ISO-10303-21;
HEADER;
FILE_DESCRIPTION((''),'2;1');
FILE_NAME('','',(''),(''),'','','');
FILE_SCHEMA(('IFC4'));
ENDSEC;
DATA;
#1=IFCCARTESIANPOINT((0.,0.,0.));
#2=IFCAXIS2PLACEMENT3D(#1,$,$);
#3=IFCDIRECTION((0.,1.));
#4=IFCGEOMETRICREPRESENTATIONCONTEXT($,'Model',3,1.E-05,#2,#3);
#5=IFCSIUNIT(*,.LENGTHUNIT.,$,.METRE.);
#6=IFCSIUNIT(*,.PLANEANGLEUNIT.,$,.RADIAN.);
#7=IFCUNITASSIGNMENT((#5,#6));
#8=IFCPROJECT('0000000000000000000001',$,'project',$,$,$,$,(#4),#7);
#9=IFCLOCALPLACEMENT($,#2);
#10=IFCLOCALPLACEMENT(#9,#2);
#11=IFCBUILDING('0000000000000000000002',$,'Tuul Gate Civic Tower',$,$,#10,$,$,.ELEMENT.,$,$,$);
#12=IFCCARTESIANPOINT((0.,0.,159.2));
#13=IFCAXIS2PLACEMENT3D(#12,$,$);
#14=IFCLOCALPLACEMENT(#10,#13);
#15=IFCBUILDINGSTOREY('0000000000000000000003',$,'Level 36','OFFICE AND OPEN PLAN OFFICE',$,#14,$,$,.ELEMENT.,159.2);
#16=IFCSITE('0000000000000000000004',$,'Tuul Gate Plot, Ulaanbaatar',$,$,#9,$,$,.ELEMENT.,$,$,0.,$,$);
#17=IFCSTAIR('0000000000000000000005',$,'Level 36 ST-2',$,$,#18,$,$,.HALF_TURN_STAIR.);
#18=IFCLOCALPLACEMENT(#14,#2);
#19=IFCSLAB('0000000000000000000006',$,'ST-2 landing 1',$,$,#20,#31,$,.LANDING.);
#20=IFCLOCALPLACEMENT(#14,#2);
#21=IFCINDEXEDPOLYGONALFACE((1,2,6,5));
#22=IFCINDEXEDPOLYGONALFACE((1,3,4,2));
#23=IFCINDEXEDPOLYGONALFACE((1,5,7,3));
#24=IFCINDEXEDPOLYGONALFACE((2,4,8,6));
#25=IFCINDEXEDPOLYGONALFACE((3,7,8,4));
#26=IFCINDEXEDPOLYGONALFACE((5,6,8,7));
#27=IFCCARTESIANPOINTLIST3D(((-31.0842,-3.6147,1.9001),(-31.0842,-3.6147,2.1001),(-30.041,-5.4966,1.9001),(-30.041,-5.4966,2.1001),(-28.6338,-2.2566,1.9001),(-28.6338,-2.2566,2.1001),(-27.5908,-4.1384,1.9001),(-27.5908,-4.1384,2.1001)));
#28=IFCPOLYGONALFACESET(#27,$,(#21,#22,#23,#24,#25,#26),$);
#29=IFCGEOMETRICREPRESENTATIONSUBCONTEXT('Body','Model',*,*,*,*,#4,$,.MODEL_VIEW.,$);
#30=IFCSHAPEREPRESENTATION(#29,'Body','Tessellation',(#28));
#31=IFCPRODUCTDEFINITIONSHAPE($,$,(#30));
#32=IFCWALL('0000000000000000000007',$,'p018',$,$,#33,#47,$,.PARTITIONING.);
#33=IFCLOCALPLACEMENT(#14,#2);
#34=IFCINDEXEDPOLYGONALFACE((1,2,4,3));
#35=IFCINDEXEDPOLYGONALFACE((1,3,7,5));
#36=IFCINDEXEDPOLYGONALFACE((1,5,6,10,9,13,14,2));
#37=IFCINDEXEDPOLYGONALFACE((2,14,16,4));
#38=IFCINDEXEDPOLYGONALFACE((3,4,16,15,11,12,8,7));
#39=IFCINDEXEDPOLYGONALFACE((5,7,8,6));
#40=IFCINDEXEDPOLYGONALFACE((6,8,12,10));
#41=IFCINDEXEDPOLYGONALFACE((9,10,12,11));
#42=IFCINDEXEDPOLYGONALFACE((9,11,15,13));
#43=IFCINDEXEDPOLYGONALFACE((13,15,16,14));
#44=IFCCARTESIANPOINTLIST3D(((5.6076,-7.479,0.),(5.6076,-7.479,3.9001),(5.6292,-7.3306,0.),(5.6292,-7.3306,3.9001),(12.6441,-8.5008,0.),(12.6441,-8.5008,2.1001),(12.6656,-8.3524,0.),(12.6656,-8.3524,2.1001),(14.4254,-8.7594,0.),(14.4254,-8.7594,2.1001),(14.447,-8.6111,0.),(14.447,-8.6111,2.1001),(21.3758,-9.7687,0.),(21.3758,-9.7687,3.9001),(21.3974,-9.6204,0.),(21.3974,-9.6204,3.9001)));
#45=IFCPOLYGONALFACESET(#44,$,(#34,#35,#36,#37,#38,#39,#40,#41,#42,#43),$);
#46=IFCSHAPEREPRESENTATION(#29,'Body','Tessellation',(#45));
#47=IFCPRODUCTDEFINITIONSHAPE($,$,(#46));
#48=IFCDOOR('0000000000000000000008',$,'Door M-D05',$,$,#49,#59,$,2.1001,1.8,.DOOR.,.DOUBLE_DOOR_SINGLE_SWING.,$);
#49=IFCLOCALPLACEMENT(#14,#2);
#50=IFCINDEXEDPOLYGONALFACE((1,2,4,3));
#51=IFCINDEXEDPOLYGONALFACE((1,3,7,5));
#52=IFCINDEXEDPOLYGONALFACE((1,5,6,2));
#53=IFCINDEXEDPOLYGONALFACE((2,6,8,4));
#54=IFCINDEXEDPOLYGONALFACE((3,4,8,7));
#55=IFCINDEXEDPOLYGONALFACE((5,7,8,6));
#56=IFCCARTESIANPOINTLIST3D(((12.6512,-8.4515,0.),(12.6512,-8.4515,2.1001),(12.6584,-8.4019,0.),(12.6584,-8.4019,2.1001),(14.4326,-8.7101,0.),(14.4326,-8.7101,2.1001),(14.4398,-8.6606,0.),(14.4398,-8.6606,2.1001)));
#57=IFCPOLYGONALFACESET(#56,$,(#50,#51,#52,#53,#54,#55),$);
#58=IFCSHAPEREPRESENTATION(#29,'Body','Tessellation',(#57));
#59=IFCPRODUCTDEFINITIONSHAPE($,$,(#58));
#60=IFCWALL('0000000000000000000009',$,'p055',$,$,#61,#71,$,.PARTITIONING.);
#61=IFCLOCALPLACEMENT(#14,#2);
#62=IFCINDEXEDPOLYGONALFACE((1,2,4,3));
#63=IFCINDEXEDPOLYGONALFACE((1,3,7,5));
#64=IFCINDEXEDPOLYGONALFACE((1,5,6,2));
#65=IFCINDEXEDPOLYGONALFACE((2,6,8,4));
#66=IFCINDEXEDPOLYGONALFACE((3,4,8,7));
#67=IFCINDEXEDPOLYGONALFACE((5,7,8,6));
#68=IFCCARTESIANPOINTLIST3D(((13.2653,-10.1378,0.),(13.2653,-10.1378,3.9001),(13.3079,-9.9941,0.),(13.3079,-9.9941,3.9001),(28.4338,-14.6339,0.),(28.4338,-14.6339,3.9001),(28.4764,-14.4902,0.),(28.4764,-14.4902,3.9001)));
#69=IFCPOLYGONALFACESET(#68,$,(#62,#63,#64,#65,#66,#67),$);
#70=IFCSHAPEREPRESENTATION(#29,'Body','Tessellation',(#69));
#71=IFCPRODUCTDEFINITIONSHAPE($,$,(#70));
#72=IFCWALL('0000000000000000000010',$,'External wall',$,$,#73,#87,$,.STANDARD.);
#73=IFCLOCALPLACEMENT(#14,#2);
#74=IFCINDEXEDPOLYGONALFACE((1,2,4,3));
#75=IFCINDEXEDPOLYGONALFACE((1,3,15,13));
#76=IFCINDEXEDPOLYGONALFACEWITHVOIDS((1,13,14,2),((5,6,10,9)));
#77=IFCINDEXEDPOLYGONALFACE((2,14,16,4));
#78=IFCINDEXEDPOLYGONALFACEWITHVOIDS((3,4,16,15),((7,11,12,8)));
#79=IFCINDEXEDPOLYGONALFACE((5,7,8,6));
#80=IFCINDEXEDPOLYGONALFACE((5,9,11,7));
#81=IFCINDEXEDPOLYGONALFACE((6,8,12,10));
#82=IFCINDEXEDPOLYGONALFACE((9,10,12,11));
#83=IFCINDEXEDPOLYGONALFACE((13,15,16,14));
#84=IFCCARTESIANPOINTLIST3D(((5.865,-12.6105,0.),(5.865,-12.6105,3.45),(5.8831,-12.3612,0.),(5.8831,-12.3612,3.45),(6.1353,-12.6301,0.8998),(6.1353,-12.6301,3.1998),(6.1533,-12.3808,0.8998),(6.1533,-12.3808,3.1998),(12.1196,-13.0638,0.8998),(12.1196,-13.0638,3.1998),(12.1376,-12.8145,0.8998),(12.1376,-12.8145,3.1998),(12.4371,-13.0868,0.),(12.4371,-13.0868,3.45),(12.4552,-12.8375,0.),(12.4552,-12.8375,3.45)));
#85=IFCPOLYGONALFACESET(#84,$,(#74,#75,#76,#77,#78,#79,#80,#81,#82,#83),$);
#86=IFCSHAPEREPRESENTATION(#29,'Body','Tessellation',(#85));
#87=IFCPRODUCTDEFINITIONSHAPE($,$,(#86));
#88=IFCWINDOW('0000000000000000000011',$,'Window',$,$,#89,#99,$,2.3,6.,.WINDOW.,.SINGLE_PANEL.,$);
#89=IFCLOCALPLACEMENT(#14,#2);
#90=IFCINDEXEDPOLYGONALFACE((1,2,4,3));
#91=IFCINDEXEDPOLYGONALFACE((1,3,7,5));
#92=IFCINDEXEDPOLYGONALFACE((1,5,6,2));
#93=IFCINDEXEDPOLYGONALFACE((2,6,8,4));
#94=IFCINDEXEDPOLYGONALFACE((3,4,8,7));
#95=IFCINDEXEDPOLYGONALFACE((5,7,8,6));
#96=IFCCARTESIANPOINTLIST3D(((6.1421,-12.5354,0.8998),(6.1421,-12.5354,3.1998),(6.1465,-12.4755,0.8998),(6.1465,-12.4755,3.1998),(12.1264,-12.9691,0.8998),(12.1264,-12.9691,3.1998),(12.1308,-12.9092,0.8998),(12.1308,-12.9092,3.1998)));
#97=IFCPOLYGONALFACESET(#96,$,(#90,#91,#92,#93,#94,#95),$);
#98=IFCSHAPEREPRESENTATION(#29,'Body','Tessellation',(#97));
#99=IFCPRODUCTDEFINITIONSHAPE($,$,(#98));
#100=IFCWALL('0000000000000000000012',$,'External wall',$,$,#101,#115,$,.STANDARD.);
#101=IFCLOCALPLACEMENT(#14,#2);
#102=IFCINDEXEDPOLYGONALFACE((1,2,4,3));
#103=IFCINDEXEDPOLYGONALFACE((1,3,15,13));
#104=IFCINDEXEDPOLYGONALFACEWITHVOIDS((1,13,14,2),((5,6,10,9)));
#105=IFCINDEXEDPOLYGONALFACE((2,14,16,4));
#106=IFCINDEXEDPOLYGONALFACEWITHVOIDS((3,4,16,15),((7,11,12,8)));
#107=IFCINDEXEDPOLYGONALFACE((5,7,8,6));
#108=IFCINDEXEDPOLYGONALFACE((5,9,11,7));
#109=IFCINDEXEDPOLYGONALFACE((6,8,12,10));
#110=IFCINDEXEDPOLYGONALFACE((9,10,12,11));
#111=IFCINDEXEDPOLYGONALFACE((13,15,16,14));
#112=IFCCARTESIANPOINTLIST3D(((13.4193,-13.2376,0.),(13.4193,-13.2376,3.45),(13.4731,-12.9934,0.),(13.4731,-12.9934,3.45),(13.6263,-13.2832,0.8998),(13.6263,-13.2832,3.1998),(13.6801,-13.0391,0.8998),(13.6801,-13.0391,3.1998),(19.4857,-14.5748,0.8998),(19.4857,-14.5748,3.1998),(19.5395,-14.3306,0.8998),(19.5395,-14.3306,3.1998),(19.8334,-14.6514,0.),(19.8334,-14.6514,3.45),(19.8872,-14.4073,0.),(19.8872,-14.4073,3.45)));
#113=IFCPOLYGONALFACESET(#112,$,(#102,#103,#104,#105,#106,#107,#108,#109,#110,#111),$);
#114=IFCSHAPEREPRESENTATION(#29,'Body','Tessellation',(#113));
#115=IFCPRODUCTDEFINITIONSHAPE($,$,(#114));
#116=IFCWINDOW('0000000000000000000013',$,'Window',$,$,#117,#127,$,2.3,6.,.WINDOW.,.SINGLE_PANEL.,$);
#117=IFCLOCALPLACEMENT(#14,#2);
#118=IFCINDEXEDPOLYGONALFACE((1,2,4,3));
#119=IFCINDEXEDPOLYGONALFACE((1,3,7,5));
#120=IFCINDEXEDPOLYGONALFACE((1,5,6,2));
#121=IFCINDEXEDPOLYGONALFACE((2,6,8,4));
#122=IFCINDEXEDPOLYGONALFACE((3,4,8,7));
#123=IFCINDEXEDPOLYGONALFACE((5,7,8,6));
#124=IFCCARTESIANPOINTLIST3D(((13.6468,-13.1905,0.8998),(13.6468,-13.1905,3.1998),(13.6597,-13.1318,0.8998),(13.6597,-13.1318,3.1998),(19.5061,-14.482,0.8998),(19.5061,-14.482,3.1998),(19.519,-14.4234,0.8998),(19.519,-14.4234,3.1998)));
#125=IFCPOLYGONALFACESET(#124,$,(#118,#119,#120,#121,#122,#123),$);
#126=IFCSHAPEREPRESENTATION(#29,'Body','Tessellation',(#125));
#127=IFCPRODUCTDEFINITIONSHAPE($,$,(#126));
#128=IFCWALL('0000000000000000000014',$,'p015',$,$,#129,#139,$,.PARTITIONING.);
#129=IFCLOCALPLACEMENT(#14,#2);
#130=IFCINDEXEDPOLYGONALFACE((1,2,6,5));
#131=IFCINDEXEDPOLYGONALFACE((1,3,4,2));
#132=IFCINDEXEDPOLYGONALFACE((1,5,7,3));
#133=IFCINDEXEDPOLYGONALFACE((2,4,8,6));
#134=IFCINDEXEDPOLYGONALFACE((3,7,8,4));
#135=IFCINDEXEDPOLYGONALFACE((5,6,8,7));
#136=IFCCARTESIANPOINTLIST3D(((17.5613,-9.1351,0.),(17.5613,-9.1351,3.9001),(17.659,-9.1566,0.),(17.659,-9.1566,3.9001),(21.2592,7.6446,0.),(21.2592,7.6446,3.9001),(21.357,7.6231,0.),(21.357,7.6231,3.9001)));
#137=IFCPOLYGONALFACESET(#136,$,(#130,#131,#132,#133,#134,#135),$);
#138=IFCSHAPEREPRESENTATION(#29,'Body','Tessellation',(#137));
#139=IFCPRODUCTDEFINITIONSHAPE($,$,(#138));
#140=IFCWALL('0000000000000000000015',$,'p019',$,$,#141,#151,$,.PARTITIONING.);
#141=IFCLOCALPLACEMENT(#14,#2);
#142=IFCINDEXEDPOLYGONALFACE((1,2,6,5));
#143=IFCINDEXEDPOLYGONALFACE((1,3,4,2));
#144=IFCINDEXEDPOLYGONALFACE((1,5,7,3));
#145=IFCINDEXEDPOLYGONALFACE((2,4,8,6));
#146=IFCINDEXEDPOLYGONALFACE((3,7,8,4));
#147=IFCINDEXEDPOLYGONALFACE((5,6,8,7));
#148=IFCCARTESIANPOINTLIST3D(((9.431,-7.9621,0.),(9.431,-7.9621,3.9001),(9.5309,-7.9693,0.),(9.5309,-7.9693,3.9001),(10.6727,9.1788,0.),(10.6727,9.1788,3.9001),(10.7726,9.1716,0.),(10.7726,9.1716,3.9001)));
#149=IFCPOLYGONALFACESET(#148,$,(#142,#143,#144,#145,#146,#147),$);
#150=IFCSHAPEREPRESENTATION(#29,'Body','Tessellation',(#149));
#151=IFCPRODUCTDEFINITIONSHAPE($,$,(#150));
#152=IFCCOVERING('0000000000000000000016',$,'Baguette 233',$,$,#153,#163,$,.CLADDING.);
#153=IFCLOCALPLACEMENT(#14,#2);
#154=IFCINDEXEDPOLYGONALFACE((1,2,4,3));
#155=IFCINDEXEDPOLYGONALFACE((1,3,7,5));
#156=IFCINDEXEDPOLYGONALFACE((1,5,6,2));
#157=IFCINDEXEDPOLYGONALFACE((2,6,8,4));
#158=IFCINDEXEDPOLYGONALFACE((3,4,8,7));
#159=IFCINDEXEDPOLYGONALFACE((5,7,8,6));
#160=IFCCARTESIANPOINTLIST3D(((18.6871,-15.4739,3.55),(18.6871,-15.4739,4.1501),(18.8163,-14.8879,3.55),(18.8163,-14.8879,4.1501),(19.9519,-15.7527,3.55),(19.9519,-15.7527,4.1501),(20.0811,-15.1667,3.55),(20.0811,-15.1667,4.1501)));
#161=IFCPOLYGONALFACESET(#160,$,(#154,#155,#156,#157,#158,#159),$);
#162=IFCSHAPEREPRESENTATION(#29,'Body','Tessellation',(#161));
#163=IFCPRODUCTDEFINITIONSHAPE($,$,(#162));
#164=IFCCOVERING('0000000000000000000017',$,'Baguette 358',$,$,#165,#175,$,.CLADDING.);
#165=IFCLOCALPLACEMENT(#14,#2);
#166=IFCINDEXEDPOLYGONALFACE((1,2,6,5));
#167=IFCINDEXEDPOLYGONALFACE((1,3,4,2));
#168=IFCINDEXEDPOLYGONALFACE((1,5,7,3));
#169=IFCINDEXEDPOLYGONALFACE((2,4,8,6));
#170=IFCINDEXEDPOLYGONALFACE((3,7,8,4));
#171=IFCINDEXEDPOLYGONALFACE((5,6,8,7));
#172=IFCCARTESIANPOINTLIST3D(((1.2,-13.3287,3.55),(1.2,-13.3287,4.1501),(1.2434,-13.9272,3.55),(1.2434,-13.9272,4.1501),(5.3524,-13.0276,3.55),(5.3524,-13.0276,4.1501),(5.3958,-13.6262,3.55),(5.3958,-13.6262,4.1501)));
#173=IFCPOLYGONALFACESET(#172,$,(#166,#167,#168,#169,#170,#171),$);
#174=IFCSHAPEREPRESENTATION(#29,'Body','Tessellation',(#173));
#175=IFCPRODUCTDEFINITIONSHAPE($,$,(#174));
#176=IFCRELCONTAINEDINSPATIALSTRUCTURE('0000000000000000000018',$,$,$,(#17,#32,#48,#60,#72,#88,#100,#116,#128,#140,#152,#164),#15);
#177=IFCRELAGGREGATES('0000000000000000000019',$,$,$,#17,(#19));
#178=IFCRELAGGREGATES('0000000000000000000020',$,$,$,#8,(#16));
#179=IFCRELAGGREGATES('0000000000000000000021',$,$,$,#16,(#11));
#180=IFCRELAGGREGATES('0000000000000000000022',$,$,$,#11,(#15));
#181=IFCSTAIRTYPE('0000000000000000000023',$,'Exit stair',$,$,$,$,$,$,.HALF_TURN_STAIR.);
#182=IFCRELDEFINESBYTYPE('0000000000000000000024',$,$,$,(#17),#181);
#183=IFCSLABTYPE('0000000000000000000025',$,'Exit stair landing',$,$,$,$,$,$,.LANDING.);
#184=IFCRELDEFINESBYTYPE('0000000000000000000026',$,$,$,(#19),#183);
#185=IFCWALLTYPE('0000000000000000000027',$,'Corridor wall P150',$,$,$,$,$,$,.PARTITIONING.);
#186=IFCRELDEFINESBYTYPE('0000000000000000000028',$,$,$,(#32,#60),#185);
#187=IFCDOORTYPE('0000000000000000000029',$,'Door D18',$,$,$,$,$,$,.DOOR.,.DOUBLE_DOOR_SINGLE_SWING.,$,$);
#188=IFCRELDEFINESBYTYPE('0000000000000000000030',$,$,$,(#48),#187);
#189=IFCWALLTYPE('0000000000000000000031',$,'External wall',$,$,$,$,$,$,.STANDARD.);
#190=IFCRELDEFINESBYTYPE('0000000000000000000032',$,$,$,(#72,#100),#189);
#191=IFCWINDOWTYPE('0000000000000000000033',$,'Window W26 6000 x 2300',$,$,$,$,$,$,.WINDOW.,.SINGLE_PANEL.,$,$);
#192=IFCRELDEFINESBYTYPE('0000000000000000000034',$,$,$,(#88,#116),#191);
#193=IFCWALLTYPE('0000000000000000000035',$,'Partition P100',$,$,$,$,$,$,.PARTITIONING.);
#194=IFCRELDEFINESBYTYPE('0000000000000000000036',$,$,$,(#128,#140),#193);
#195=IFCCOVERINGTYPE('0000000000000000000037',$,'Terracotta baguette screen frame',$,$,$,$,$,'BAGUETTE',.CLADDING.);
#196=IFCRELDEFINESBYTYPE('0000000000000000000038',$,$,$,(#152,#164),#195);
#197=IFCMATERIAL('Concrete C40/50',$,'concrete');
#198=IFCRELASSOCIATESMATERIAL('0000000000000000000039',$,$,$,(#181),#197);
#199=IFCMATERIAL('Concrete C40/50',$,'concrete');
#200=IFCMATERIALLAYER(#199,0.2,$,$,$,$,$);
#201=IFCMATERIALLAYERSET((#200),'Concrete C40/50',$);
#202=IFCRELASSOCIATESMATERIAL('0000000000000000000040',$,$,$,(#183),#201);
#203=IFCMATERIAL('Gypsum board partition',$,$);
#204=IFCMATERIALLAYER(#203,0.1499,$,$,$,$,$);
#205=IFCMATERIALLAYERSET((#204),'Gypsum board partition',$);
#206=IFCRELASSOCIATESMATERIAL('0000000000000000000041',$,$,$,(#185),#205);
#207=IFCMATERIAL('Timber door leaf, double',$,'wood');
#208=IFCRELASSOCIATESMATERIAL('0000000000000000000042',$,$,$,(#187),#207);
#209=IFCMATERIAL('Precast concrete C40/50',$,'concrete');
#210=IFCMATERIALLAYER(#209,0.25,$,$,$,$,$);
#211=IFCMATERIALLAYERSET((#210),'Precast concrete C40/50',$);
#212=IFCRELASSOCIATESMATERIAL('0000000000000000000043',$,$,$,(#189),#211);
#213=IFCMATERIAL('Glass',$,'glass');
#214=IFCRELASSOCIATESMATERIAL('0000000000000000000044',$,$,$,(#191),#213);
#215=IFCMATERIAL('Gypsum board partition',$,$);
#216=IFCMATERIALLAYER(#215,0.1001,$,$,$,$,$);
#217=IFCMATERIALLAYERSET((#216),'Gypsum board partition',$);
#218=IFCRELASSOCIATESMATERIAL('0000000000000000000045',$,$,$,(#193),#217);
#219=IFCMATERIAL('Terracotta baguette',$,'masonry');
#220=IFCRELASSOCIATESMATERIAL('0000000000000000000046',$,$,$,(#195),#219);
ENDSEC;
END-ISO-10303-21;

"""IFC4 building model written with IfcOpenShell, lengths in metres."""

from ifc_helpers import new_model, si_unit, direction, frame, frame_2d, origin, origin_2d, place, context, subcontext, project, spatial, polyline, rectangle, outline, extrude, material, layer, layer_set, material_profile, profile_set, type_object, element, fill, aggregate, save


model = new_model("IFC4")

# Units and contexts
model_context = context("Model", 3, precision=1e-05, world=origin(), true_north=direction((0.0, 1.0)))
body_context = subcontext(model_context, "Body", "Model", "MODEL_VIEW")
ifc_project = project(units=[si_unit("LENGTHUNIT", "METRE"), si_unit("PLANEANGLEUNIT", "RADIAN")], contexts=[model_context])

# Site, building, storey
site_placement = place(None, origin())
site = spatial("IfcSite", under=ifc_project, at=site_placement, Name="Tuul Gate Plot, Ulaanbaatar", CompositionType="ELEMENT", RefElevation=0.0)
building_placement = place(site_placement, origin())
building = spatial("IfcBuilding", under=site, at=building_placement, Name="Tuul Gate Civic Tower", CompositionType="ELEMENT")
storey_placement = place(building_placement, frame((0.0, 0.0, 159.2)))
storey = spatial("IfcBuildingStorey", under=building, at=storey_placement, Name="Level 36", Description="OFFICE AND OPEN PLAN OFFICE", CompositionType="ELEMENT", Elevation=159.2)

# Stair, slab
ifc_material_1 = material(Name="Concrete C40/50", Category="concrete")
stair_type = type_object("IfcStairType", Name="Exit stair", PredefinedType="HALF_TURN_STAIR", material=ifc_material_1)
ifc_material_2 = material(Name="Concrete C40/50", Category="concrete")
ifc_layer_1 = layer(ifc_material_2, 0.2)
ifc_layer_set_1 = layer_set([ifc_layer_1], Name="Concrete C40/50")
slab_type = type_object("IfcSlabType", Name="Exit stair landing", PredefinedType="LANDING", material=ifc_layer_set_1)
stair_1_placement = place(storey_placement, origin())
stair_1 = element("IfcStair", 1, at=stair_1_placement, inside=storey, type_object=stair_type, Name="Level 36 ST-2", PredefinedType="HALF_TURN_STAIR")
slab_1_placement = place(storey_placement, frame((0.0, 0.0, 1.9001)))
slab_1 = element("IfcSlab", 2, at=slab_1_placement, type_object=slab_type, Name="ST-2 landing 1", PredefinedType="LANDING", context=body_context, shape_type="SweptSolid", body=[
    extrude(outline(polyline([(-27.5908, -4.1384), (-30.041, -5.4966), (-31.0842, -3.6147), (-28.6338, -2.2566), (-27.5908, -4.1384)])), origin(), (0.0, 0.0, 1.0), 0.2),
])
aggregate(stair_1, [slab_1])

# Wall, opening, door
ifc_material_3 = material(Name="Gypsum board partition")
ifc_layer_2 = layer(ifc_material_3, 0.1499)
ifc_layer_set_2 = layer_set([ifc_layer_2], Name="Gypsum board partition")
wall_type_1 = type_object("IfcWallType", Name="Corridor wall P150", PredefinedType="PARTITIONING", material=ifc_layer_set_2)
wall_1_placement = place(storey_placement, frame((5.6184, -7.4048, 0.0), z_axis=(0.0, 0.0, 1.0), x_axis=(0.98962, -0.143708, 0.0)))
wall_1 = element("IfcWall", 3, at=wall_1_placement, inside=storey, type_object=wall_type_1, Name="p018", PredefinedType="PARTITIONING", context=body_context, shape_type="SweptSolid", body=[
    extrude(rectangle(XDim=15.9336, YDim=0.1499, at=frame_2d((7.9668, 0.0))), origin(), (0.0, 0.0, 1.0), 3.9001),
])
opening_1_placement = place(wall_1_placement, frame((7.1104, 0.0, 0.0)))
opening_1 = element("IfcOpeningElement", 4, at=opening_1_placement, cuts=wall_1, PredefinedType="OPENING", context=body_context, shape_type="SweptSolid", body=[
    extrude(rectangle(XDim=1.8, YDim=2.1001, at=frame_2d((0.8999, 1.05))), frame((0.0, 0.085, 0.0), z_axis=(0.0, -1.0, 0.0), x_axis=(1.0, 0.0, 0.0)), (0.0, 0.0, 1.0), 0.1699),
])
ifc_material_4 = material(Name="Timber door leaf, double", Category="wood")
door_type = type_object("IfcDoorType", Name="Door D18", OperationType="DOUBLE_DOOR_SINGLE_SWING", PredefinedType="DOOR", material=ifc_material_4)
door_placement = place(opening_1_placement, origin())
door = element("IfcDoor", 5, at=door_placement, inside=storey, type_object=door_type, Name="Door M-D05", OperationType="DOUBLE_DOOR_SINGLE_SWING", OverallHeight=2.1001, OverallWidth=1.8, PredefinedType="DOOR", context=body_context, shape_type="SweptSolid", body=[
    extrude(rectangle(XDim=1.8, YDim=2.1001, at=frame_2d((0.8999, 1.05))), frame((0.0, 0.0249, 0.0), z_axis=(0.0, -1.0, 0.0), x_axis=(1.0, 0.0, 0.0)), (0.0, 0.0, 1.0), 0.05),
])
fill(opening_1, door)

# Wall
wall_2_placement = place(storey_placement, frame((13.2866, -10.0659, 0.0), z_axis=(0.0, 0.0, 1.0), x_axis=(0.958768, -0.284189, 0.0)))
element("IfcWall", 6, at=wall_2_placement, inside=storey, type_object=wall_type_1, Name="p055", PredefinedType="PARTITIONING", context=body_context, shape_type="SweptSolid", body=[
    extrude(rectangle(XDim=15.8208, YDim=0.1499, at=frame_2d((7.9104, 0.0))), origin(), (0.0, 0.0, 1.0), 3.9001),
])

# Walls, openings, windows
ifc_material_5 = material(Name="Precast concrete C40/50", Category="concrete")
ifc_layer_3 = layer(ifc_material_5, 0.25)
ifc_layer_set_3 = layer_set([ifc_layer_3], Name="Precast concrete C40/50")
wall_type_2 = type_object("IfcWallType", Name="External wall", PredefinedType="STANDARD", material=ifc_layer_set_3)
wall_3_placement = place(storey_placement, frame((5.874, -12.4858, 0.0), z_axis=(0.0, 0.0, 1.0), x_axis=(0.997384, -0.072287, 0.0)))
wall_3 = element("IfcWall", 7, at=wall_3_placement, inside=storey, type_object=wall_type_2, Name="External wall", PredefinedType="STANDARD", context=body_context, shape_type="SweptSolid", body=[
    extrude(rectangle(XDim=6.5894, YDim=0.25, at=frame_2d((3.2947, 0.0))), origin(), (0.0, 0.0, 1.0), 3.45),
])
opening_2_placement = place(wall_3_placement, frame((0.271, 0.0, 0.8999)))
opening_2 = element("IfcOpeningElement", 8, at=opening_2_placement, cuts=wall_3, PredefinedType="OPENING", context=body_context, shape_type="SweptSolid", body=[
    extrude(rectangle(XDim=6.0, YDim=2.3, at=frame_2d((3.0, 1.1499))), frame((0.0, 0.135, 0.0), z_axis=(0.0, -1.0, 0.0), x_axis=(1.0, 0.0, 0.0)), (0.0, 0.0, 1.0), 0.27),
])
ifc_material_6 = material(Name="Glass", Category="glass")
window_type = type_object("IfcWindowType", Name="Window W26 6000 x 2300", PartitioningType="SINGLE_PANEL", PredefinedType="WINDOW", material=ifc_material_6)
window_1_placement = place(opening_2_placement, origin())
window_1 = element("IfcWindow", 9, at=window_1_placement, inside=storey, type_object=window_type, Name="Window", OverallHeight=2.3, OverallWidth=6.0, PartitioningType="SINGLE_PANEL", PredefinedType="WINDOW", context=body_context, shape_type="SweptSolid", body=[
    extrude(rectangle(XDim=6.0, YDim=2.3, at=frame_2d((3.0, 1.1499))), frame((0.0, 0.03, 0.0), z_axis=(0.0, -1.0, 0.0), x_axis=(1.0, 0.0, 0.0)), (0.0, 0.0, 1.0), 0.0601),
])
fill(opening_2, window_1)
wall_4_placement = place(storey_placement, frame((13.446, -13.1155, 0.0), z_axis=(0.0, 0.0, 1.0), x_axis=(0.976557, -0.215257, 0.0)))
wall_4 = element("IfcWall", 10, at=wall_4_placement, inside=storey, type_object=wall_type_2, Name="External wall", PredefinedType="STANDARD", context=body_context, shape_type="SweptSolid", body=[
    extrude(rectangle(XDim=6.5681, YDim=0.25, at=frame_2d((3.2842, 0.0))), origin(), (0.0, 0.0, 1.0), 3.45),
])
opening_3_placement = place(wall_4_placement, frame((0.2122, 0.0, 0.8999)))
opening_3 = element("IfcOpeningElement", 11, at=opening_3_placement, cuts=wall_4, PredefinedType="OPENING", context=body_context, shape_type="SweptSolid", body=[
    extrude(rectangle(XDim=6.0, YDim=2.3, at=frame_2d((3.0, 1.1499))), frame((0.0, 0.135, 0.0), z_axis=(0.0, -1.0, 0.0), x_axis=(1.0, 0.0, 0.0)), (0.0, 0.0, 1.0), 0.27),
])
window_2_placement = place(opening_3_placement, origin())
window_2 = element("IfcWindow", 12, at=window_2_placement, inside=storey, type_object=window_type, Name="Window", OverallHeight=2.3, OverallWidth=6.0, PartitioningType="SINGLE_PANEL", PredefinedType="WINDOW", context=body_context, shape_type="SweptSolid", body=[
    extrude(rectangle(XDim=6.0, YDim=2.3, at=frame_2d((3.0, 1.1499))), frame((0.0, 0.03, 0.0), z_axis=(0.0, -1.0, 0.0), x_axis=(1.0, 0.0, 0.0)), (0.0, 0.0, 1.0), 0.0601),
])
fill(opening_3, window_2)

# Walls
ifc_material_7 = material(Name="Gypsum board partition")
ifc_layer_4 = layer(ifc_material_7, 0.1001)
ifc_layer_set_4 = layer_set([ifc_layer_4], Name="Gypsum board partition")
wall_type_3 = type_object("IfcWallType", Name="Partition P100", PredefinedType="PARTITIONING", material=ifc_layer_set_4)
wall_5_placement = place(storey_placement, frame((17.6101, -9.146, 0.0), z_axis=(0.0, 0.0, 1.0), x_axis=(0.21522, 0.976566, 0.0)))
element("IfcWall", 13, at=wall_5_placement, inside=storey, type_object=wall_type_3, Name="p015", PredefinedType="PARTITIONING", context=body_context, shape_type="SweptSolid", body=[
    extrude(rectangle(XDim=17.1824, YDim=0.1001, at=frame_2d((8.5913, 0.0))), origin(), (0.0, 0.0, 1.0), 3.9001),
])
wall_6_placement = place(storey_placement, frame((9.481, -7.9656, 0.0), z_axis=(0.0, 0.0, 1.0), x_axis=(0.072252, 0.997386, 0.0)))
element("IfcWall", 14, at=wall_6_placement, inside=storey, type_object=wall_type_3, Name="p019", PredefinedType="PARTITIONING", context=body_context, shape_type="SweptSolid", body=[
    extrude(rectangle(XDim=17.1858, YDim=0.1001, at=frame_2d((8.5928, 0.0))), origin(), (0.0, 0.0, 1.0), 3.9001),
])

# Coverings
ifc_material_8 = material(Name="Terracotta baguette", Category="masonry")
ifc_material_profile_1 = material_profile(ifc_material_8, rectangle(XDim=0.6001, YDim=0.6001, at=origin_2d()), Name="Terracotta baguette screen frame")
ifc_profile_set_1 = profile_set([ifc_material_profile_1], Name="Terracotta baguette")
covering_type = type_object("IfcCoveringType", Name="Terracotta baguette screen frame", ElementType="BAGUETTE", PredefinedType="CLADDING", material=ifc_profile_set_1)
covering_1_placement = place(storey_placement, frame((18.7517, -15.1809, 3.8501), z_axis=(0.976558, -0.215254, 0.0), x_axis=(0.215254, 0.976558, 0.0)))
element("IfcCovering", 15, at=covering_1_placement, inside=storey, type_object=covering_type, Name="Baguette 233", PredefinedType="CLADDING", context=body_context, shape_type="SweptSolid", body=[
    extrude(rectangle(XDim=0.6001, YDim=0.6001, at=origin_2d()), origin(), (0.0, 0.0, 1.0), 1.2952),
])
covering_2_placement = place(storey_placement, frame((1.2217, -13.6279, 3.8501), z_axis=(0.997383, 0.072306, 0.0), x_axis=(-0.072306, 0.997383, 0.0)))
element("IfcCovering", 16, at=covering_2_placement, inside=storey, type_object=covering_type, Name="Baguette 358", PredefinedType="CLADDING", context=body_context, shape_type="SweptSolid", body=[
    extrude(rectangle(XDim=0.6001, YDim=0.6001, at=origin_2d()), origin(), (0.0, 0.0, 1.0), 4.1633),
])

save(model, "model.ifc")
